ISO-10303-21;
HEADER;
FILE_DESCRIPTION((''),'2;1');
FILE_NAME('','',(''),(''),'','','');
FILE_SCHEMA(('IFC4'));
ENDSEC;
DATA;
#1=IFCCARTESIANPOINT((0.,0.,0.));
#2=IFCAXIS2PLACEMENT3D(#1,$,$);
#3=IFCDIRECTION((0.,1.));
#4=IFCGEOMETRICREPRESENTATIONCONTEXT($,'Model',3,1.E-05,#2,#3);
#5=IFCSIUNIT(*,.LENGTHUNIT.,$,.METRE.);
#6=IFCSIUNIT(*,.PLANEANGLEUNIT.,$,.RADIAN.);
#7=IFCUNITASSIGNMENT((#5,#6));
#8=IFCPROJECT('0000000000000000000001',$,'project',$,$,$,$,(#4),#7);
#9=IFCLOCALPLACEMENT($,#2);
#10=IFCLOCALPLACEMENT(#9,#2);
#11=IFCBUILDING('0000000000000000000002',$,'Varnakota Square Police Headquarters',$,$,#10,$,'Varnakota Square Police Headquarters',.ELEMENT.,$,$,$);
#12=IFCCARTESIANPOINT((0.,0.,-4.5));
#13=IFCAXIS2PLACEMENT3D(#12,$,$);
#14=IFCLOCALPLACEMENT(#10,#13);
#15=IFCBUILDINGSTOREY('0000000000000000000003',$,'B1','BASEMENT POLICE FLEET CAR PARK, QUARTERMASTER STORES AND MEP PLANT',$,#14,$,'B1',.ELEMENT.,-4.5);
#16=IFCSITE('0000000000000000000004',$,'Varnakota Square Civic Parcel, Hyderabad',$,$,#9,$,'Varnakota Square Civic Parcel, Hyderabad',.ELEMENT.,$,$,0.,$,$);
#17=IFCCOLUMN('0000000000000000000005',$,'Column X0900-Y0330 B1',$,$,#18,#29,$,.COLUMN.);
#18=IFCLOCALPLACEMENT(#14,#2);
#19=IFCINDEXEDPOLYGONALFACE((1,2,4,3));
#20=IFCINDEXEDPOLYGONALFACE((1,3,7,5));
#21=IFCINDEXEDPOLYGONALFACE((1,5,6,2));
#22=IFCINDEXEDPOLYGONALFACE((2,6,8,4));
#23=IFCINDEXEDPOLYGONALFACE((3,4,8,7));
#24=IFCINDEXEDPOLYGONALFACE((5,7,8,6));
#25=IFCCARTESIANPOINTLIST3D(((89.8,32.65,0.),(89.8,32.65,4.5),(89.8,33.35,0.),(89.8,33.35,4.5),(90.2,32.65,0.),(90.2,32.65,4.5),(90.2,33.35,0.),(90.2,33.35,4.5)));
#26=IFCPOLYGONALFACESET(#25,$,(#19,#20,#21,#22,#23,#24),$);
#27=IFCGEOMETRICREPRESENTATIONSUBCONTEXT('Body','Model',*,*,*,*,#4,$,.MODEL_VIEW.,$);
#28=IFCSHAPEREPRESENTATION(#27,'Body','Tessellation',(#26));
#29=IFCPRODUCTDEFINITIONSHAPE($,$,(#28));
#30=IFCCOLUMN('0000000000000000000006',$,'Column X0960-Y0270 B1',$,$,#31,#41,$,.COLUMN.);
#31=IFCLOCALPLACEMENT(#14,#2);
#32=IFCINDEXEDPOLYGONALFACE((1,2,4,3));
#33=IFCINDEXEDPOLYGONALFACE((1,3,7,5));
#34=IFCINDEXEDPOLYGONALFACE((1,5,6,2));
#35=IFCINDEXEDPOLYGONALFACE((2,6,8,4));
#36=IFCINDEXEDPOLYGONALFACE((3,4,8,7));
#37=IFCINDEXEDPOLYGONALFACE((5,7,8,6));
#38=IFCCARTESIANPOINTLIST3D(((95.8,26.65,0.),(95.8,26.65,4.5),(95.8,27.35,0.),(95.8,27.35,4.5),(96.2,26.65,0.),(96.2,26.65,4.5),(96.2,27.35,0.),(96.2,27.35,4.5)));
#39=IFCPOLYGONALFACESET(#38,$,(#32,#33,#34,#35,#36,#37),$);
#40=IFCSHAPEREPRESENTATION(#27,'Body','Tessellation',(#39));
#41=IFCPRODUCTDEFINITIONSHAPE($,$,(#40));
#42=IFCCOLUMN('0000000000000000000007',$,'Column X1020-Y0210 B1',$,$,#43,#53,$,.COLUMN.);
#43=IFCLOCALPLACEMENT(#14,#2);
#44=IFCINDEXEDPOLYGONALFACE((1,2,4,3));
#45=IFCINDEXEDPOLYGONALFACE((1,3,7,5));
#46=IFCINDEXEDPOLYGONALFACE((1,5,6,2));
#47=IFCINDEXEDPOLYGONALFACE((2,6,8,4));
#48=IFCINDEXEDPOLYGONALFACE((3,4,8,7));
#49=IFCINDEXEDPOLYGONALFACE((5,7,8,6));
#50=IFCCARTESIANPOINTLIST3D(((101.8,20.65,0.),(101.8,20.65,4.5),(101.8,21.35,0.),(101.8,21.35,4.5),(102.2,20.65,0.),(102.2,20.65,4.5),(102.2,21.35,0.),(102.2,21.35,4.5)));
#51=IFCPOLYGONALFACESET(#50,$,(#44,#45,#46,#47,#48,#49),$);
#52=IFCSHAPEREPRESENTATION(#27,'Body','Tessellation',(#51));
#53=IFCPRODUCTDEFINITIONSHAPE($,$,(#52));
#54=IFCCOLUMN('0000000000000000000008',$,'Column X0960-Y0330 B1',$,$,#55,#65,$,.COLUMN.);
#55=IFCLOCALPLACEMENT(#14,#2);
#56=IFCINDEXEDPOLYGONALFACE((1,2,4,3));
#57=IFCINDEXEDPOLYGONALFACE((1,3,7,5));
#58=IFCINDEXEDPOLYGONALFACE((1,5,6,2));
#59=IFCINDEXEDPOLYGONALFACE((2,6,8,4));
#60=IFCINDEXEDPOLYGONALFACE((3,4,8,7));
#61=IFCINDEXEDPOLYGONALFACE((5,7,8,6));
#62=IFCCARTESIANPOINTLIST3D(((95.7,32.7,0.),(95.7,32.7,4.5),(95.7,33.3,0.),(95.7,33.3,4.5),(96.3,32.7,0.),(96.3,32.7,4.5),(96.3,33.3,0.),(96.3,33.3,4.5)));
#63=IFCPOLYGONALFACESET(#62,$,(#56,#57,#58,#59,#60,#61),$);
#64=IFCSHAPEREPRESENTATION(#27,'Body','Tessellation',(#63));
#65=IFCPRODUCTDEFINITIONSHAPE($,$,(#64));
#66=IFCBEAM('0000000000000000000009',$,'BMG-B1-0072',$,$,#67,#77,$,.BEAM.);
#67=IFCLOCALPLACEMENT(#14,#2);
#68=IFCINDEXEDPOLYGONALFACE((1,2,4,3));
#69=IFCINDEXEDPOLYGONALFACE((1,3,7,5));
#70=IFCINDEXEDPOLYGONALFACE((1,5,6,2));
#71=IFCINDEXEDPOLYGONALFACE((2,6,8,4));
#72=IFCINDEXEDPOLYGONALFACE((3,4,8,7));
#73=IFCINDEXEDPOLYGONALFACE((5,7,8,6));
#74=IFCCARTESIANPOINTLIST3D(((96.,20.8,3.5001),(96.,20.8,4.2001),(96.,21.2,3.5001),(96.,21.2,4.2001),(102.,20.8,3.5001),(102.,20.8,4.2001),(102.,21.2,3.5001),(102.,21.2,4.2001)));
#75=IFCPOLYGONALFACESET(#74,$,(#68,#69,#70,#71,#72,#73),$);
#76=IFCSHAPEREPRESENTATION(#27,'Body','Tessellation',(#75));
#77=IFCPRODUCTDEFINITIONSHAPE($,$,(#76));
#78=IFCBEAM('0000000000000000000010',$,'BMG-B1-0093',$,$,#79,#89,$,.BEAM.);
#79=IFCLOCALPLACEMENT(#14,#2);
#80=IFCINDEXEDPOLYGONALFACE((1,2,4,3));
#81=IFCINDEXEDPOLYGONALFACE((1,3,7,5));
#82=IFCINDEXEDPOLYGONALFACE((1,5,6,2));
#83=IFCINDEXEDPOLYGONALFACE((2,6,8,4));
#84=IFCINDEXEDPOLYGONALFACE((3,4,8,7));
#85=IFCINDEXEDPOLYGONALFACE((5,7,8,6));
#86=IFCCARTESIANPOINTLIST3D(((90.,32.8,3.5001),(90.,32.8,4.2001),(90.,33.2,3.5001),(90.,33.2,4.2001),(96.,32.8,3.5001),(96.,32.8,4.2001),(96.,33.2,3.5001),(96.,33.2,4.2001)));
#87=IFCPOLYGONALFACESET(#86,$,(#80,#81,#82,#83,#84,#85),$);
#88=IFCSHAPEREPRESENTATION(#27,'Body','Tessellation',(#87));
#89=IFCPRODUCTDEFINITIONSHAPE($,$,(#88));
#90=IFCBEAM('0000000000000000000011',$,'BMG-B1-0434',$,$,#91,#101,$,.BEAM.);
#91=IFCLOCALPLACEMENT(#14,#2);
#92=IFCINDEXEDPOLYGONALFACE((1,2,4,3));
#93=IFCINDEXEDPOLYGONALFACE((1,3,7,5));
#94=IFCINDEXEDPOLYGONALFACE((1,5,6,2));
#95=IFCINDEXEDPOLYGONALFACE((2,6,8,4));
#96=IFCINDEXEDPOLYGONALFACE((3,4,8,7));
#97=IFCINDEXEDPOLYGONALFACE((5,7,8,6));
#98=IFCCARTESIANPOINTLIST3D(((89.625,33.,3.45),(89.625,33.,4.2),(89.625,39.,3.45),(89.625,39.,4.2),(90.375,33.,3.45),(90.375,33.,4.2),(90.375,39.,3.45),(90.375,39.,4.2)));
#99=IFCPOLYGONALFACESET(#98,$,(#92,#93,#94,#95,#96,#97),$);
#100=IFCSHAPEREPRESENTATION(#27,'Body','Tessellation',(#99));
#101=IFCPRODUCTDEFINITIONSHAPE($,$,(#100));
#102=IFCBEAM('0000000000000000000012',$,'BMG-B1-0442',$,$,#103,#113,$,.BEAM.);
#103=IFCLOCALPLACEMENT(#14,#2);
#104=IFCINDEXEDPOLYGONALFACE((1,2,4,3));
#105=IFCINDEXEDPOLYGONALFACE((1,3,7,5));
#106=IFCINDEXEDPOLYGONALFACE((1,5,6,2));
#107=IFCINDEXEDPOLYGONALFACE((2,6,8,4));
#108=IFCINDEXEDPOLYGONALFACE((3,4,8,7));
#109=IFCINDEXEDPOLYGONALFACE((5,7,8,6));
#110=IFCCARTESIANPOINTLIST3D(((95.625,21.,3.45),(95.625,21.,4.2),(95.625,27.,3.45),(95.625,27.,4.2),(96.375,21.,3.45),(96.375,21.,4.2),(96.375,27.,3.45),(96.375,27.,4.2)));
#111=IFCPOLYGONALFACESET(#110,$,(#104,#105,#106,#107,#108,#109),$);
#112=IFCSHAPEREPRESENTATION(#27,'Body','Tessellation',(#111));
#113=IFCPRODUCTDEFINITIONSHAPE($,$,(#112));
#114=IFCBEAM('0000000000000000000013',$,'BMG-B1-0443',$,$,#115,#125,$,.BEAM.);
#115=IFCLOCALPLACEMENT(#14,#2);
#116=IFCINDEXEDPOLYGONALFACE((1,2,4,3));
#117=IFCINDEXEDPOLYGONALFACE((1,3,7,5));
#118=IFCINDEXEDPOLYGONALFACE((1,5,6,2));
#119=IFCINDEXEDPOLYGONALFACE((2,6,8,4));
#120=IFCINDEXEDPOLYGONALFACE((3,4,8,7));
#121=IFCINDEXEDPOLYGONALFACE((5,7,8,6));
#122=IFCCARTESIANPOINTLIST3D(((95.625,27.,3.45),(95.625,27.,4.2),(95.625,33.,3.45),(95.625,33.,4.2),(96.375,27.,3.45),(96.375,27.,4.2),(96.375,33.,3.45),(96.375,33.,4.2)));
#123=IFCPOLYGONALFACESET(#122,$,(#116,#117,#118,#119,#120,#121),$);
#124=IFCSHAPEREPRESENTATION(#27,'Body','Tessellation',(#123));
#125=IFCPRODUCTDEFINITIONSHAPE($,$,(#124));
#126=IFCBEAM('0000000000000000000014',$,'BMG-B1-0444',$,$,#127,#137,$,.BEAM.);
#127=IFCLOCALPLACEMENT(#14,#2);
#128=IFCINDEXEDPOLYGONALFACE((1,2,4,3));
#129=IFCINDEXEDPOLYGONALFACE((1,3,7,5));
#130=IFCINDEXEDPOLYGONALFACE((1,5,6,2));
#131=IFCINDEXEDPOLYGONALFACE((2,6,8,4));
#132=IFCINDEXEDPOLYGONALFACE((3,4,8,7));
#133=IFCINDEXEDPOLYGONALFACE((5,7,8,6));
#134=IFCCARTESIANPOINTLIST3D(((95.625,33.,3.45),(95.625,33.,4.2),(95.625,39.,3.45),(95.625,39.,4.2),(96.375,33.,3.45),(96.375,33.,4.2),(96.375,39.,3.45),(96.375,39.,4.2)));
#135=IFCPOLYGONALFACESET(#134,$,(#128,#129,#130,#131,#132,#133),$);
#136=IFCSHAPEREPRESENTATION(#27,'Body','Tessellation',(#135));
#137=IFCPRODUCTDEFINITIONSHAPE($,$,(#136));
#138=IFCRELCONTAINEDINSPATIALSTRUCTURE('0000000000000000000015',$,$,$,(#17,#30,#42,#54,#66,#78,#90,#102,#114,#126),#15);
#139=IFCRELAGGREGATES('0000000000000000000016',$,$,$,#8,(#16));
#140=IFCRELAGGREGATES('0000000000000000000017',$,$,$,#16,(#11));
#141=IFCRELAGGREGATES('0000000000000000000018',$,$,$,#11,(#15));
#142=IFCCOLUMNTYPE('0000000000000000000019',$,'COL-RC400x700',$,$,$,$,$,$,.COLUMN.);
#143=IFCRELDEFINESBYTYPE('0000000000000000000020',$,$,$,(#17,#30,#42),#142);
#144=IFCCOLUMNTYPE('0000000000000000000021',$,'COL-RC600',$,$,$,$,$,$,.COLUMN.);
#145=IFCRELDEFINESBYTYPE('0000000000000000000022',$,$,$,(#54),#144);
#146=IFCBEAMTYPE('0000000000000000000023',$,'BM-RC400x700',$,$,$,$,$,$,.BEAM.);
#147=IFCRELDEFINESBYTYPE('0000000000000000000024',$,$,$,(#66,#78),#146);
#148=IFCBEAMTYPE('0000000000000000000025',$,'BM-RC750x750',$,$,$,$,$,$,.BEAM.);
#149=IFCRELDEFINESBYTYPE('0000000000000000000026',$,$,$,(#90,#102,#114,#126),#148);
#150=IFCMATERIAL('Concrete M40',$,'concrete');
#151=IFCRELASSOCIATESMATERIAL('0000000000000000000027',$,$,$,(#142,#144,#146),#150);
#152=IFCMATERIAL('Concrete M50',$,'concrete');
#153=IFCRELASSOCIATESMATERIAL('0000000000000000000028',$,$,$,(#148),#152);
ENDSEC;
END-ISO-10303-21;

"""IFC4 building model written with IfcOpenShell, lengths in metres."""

from ifc_helpers import new_model, si_unit, direction, frame, origin, origin_2d, place, context, subcontext, project, spatial, rectangle, extrude, material, material_profile, profile_set, type_object, element, save


model = new_model("IFC4")

# Units and contexts
model_context = context("Model", 3, precision=1e-05, world=origin(), true_north=direction((0.0, 1.0)))
body_context = subcontext(model_context, "Body", "Model", "MODEL_VIEW")
ifc_project = project(units=[si_unit("LENGTHUNIT", "METRE"), si_unit("PLANEANGLEUNIT", "RADIAN")], contexts=[model_context])

# Site, building, storey
site_placement = place(None, origin())
site = spatial("IfcSite", under=ifc_project, at=site_placement, Name="Varnakota Square Civic Parcel, Hyderabad", LongName="Varnakota Square Civic Parcel, Hyderabad", CompositionType="ELEMENT", RefElevation=0.0)
building_placement = place(site_placement, origin())
building = spatial("IfcBuilding", under=site, at=building_placement, Name="Varnakota Square Police Headquarters", LongName="Varnakota Square Police Headquarters", CompositionType="ELEMENT")
storey_placement = place(building_placement, frame((0.0, 0.0, -4.5)))
storey = spatial("IfcBuildingStorey", under=building, at=storey_placement, Name="B1", Description="BASEMENT POLICE FLEET CAR PARK, QUARTERMASTER STORES AND MEP PLANT", LongName="B1", CompositionType="ELEMENT", Elevation=-4.5)

# Shared definitions
ifc_material_1 = material(Name="Concrete M40", Category="concrete")

# Columns
ifc_material_profile_1 = material_profile(ifc_material_1, rectangle(XDim=0.3999, YDim=0.7, at=origin_2d()), Name="RC 400x700")
ifc_profile_set_1 = profile_set([ifc_material_profile_1], Name="Concrete M40")
column_type_1 = type_object("IfcColumnType", Name="COL-RC400x700", PredefinedType="COLUMN", material=ifc_profile_set_1)
for number, where, z_axis, x_axis, name in (
    (1, (90.0, 33.0, 0.0), (0.0, 0.0, 1.0), (1.0, 0.0, 0.0), "Column X0900-Y0330 B1"),
    (2, (96.0, 27.0, 0.0), (0.0, 0.0, 1.0), (1.0, 0.0, 0.0), "Column X0960-Y0270 B1"),
    (3, (102.0, 21.0, 0.0), (0.0, 0.0, 1.0), (1.0, 0.0, 0.0), "Column X1020-Y0210 B1"),
):
    element("IfcColumn", number, at=place(storey_placement, frame(where, z_axis=z_axis, x_axis=x_axis)), inside=storey, type_object=column_type_1, Name=name, PredefinedType="COLUMN", context=body_context, shape_type="SweptSolid", body=[
        extrude(rectangle(XDim=0.3999, YDim=0.7, at=origin_2d()), origin(), (0.0, 0.0, 1.0), 4.5),
    ])
ifc_material_profile_2 = material_profile(ifc_material_1, rectangle(XDim=0.6001, YDim=0.6001, at=origin_2d()), Name="RC 600x600")
ifc_profile_set_2 = profile_set([ifc_material_profile_2], Name="Concrete M40")
column_type_2 = type_object("IfcColumnType", Name="COL-RC600", PredefinedType="COLUMN", material=ifc_profile_set_2)
column_placement = place(storey_placement, frame((96.0, 33.0, 0.0), z_axis=(0.0, 0.0, 1.0), x_axis=(1.0, 0.0, 0.0)))
element("IfcColumn", 4, at=column_placement, inside=storey, type_object=column_type_2, Name="Column X0960-Y0330 B1", PredefinedType="COLUMN", context=body_context, shape_type="SweptSolid", body=[
    extrude(rectangle(XDim=0.6001, YDim=0.6001, at=origin_2d()), origin(), (0.0, 0.0, 1.0), 4.5),
])

# Beams
ifc_material_profile_3 = material_profile(ifc_material_1, rectangle(XDim=0.3999, YDim=0.7, at=origin_2d()), Name="RC 400x700")
ifc_profile_set_3 = profile_set([ifc_material_profile_3], Name="Concrete M40")
beam_type_1 = type_object("IfcBeamType", Name="BM-RC400x700", PredefinedType="BEAM", material=ifc_profile_set_3)
for number, where, z_axis, x_axis, name in (
    (5, (96.0, 21.0, 3.8501), (1.0, 0.0, 0.0), (0.0, 1.0, 0.0), "BMG-B1-0072"),
    (6, (90.0, 33.0, 3.8501), (1.0, 0.0, 0.0), (0.0, 1.0, 0.0), "BMG-B1-0093"),
):
    element("IfcBeam", number, at=place(storey_placement, frame(where, z_axis=z_axis, x_axis=x_axis)), inside=storey, type_object=beam_type_1, Name=name, PredefinedType="BEAM", context=body_context, shape_type="SweptSolid", body=[
        extrude(rectangle(XDim=0.3999, YDim=0.7, at=origin_2d()), origin(), (0.0, 0.0, 1.0), 6.0),
    ])
ifc_material_2 = material(Name="Concrete M50", Category="concrete")
ifc_material_profile_4 = material_profile(ifc_material_2, rectangle(XDim=0.75, YDim=0.75, at=origin_2d()), Name="RC 750x750")
ifc_profile_set_4 = profile_set([ifc_material_profile_4], Name="Concrete M50")
beam_type_2 = type_object("IfcBeamType", Name="BM-RC750x750", PredefinedType="BEAM", material=ifc_profile_set_4)
for number, where, z_axis, x_axis, name in (
    (7, (90.0, 33.0, 3.825), (0.0, 1.0, 0.0), (-1.0, 0.0, 0.0), "BMG-B1-0434"),
    (8, (96.0, 21.0, 3.825), (0.0, 1.0, 0.0), (-1.0, 0.0, 0.0), "BMG-B1-0442"),
    (9, (96.0, 27.0, 3.825), (0.0, 1.0, 0.0), (-1.0, 0.0, 0.0), "BMG-B1-0443"),
    (10, (96.0, 33.0, 3.825), (0.0, 1.0, 0.0), (-1.0, 0.0, 0.0), "BMG-B1-0444"),
):
    element("IfcBeam", number, at=place(storey_placement, frame(where, z_axis=z_axis, x_axis=x_axis)), inside=storey, type_object=beam_type_2, Name=name, PredefinedType="BEAM", context=body_context, shape_type="SweptSolid", body=[
        extrude(rectangle(XDim=0.75, YDim=0.75, at=origin_2d()), origin(), (0.0, 0.0, 1.0), 6.0),
    ])

save(model, "model.ifc")
